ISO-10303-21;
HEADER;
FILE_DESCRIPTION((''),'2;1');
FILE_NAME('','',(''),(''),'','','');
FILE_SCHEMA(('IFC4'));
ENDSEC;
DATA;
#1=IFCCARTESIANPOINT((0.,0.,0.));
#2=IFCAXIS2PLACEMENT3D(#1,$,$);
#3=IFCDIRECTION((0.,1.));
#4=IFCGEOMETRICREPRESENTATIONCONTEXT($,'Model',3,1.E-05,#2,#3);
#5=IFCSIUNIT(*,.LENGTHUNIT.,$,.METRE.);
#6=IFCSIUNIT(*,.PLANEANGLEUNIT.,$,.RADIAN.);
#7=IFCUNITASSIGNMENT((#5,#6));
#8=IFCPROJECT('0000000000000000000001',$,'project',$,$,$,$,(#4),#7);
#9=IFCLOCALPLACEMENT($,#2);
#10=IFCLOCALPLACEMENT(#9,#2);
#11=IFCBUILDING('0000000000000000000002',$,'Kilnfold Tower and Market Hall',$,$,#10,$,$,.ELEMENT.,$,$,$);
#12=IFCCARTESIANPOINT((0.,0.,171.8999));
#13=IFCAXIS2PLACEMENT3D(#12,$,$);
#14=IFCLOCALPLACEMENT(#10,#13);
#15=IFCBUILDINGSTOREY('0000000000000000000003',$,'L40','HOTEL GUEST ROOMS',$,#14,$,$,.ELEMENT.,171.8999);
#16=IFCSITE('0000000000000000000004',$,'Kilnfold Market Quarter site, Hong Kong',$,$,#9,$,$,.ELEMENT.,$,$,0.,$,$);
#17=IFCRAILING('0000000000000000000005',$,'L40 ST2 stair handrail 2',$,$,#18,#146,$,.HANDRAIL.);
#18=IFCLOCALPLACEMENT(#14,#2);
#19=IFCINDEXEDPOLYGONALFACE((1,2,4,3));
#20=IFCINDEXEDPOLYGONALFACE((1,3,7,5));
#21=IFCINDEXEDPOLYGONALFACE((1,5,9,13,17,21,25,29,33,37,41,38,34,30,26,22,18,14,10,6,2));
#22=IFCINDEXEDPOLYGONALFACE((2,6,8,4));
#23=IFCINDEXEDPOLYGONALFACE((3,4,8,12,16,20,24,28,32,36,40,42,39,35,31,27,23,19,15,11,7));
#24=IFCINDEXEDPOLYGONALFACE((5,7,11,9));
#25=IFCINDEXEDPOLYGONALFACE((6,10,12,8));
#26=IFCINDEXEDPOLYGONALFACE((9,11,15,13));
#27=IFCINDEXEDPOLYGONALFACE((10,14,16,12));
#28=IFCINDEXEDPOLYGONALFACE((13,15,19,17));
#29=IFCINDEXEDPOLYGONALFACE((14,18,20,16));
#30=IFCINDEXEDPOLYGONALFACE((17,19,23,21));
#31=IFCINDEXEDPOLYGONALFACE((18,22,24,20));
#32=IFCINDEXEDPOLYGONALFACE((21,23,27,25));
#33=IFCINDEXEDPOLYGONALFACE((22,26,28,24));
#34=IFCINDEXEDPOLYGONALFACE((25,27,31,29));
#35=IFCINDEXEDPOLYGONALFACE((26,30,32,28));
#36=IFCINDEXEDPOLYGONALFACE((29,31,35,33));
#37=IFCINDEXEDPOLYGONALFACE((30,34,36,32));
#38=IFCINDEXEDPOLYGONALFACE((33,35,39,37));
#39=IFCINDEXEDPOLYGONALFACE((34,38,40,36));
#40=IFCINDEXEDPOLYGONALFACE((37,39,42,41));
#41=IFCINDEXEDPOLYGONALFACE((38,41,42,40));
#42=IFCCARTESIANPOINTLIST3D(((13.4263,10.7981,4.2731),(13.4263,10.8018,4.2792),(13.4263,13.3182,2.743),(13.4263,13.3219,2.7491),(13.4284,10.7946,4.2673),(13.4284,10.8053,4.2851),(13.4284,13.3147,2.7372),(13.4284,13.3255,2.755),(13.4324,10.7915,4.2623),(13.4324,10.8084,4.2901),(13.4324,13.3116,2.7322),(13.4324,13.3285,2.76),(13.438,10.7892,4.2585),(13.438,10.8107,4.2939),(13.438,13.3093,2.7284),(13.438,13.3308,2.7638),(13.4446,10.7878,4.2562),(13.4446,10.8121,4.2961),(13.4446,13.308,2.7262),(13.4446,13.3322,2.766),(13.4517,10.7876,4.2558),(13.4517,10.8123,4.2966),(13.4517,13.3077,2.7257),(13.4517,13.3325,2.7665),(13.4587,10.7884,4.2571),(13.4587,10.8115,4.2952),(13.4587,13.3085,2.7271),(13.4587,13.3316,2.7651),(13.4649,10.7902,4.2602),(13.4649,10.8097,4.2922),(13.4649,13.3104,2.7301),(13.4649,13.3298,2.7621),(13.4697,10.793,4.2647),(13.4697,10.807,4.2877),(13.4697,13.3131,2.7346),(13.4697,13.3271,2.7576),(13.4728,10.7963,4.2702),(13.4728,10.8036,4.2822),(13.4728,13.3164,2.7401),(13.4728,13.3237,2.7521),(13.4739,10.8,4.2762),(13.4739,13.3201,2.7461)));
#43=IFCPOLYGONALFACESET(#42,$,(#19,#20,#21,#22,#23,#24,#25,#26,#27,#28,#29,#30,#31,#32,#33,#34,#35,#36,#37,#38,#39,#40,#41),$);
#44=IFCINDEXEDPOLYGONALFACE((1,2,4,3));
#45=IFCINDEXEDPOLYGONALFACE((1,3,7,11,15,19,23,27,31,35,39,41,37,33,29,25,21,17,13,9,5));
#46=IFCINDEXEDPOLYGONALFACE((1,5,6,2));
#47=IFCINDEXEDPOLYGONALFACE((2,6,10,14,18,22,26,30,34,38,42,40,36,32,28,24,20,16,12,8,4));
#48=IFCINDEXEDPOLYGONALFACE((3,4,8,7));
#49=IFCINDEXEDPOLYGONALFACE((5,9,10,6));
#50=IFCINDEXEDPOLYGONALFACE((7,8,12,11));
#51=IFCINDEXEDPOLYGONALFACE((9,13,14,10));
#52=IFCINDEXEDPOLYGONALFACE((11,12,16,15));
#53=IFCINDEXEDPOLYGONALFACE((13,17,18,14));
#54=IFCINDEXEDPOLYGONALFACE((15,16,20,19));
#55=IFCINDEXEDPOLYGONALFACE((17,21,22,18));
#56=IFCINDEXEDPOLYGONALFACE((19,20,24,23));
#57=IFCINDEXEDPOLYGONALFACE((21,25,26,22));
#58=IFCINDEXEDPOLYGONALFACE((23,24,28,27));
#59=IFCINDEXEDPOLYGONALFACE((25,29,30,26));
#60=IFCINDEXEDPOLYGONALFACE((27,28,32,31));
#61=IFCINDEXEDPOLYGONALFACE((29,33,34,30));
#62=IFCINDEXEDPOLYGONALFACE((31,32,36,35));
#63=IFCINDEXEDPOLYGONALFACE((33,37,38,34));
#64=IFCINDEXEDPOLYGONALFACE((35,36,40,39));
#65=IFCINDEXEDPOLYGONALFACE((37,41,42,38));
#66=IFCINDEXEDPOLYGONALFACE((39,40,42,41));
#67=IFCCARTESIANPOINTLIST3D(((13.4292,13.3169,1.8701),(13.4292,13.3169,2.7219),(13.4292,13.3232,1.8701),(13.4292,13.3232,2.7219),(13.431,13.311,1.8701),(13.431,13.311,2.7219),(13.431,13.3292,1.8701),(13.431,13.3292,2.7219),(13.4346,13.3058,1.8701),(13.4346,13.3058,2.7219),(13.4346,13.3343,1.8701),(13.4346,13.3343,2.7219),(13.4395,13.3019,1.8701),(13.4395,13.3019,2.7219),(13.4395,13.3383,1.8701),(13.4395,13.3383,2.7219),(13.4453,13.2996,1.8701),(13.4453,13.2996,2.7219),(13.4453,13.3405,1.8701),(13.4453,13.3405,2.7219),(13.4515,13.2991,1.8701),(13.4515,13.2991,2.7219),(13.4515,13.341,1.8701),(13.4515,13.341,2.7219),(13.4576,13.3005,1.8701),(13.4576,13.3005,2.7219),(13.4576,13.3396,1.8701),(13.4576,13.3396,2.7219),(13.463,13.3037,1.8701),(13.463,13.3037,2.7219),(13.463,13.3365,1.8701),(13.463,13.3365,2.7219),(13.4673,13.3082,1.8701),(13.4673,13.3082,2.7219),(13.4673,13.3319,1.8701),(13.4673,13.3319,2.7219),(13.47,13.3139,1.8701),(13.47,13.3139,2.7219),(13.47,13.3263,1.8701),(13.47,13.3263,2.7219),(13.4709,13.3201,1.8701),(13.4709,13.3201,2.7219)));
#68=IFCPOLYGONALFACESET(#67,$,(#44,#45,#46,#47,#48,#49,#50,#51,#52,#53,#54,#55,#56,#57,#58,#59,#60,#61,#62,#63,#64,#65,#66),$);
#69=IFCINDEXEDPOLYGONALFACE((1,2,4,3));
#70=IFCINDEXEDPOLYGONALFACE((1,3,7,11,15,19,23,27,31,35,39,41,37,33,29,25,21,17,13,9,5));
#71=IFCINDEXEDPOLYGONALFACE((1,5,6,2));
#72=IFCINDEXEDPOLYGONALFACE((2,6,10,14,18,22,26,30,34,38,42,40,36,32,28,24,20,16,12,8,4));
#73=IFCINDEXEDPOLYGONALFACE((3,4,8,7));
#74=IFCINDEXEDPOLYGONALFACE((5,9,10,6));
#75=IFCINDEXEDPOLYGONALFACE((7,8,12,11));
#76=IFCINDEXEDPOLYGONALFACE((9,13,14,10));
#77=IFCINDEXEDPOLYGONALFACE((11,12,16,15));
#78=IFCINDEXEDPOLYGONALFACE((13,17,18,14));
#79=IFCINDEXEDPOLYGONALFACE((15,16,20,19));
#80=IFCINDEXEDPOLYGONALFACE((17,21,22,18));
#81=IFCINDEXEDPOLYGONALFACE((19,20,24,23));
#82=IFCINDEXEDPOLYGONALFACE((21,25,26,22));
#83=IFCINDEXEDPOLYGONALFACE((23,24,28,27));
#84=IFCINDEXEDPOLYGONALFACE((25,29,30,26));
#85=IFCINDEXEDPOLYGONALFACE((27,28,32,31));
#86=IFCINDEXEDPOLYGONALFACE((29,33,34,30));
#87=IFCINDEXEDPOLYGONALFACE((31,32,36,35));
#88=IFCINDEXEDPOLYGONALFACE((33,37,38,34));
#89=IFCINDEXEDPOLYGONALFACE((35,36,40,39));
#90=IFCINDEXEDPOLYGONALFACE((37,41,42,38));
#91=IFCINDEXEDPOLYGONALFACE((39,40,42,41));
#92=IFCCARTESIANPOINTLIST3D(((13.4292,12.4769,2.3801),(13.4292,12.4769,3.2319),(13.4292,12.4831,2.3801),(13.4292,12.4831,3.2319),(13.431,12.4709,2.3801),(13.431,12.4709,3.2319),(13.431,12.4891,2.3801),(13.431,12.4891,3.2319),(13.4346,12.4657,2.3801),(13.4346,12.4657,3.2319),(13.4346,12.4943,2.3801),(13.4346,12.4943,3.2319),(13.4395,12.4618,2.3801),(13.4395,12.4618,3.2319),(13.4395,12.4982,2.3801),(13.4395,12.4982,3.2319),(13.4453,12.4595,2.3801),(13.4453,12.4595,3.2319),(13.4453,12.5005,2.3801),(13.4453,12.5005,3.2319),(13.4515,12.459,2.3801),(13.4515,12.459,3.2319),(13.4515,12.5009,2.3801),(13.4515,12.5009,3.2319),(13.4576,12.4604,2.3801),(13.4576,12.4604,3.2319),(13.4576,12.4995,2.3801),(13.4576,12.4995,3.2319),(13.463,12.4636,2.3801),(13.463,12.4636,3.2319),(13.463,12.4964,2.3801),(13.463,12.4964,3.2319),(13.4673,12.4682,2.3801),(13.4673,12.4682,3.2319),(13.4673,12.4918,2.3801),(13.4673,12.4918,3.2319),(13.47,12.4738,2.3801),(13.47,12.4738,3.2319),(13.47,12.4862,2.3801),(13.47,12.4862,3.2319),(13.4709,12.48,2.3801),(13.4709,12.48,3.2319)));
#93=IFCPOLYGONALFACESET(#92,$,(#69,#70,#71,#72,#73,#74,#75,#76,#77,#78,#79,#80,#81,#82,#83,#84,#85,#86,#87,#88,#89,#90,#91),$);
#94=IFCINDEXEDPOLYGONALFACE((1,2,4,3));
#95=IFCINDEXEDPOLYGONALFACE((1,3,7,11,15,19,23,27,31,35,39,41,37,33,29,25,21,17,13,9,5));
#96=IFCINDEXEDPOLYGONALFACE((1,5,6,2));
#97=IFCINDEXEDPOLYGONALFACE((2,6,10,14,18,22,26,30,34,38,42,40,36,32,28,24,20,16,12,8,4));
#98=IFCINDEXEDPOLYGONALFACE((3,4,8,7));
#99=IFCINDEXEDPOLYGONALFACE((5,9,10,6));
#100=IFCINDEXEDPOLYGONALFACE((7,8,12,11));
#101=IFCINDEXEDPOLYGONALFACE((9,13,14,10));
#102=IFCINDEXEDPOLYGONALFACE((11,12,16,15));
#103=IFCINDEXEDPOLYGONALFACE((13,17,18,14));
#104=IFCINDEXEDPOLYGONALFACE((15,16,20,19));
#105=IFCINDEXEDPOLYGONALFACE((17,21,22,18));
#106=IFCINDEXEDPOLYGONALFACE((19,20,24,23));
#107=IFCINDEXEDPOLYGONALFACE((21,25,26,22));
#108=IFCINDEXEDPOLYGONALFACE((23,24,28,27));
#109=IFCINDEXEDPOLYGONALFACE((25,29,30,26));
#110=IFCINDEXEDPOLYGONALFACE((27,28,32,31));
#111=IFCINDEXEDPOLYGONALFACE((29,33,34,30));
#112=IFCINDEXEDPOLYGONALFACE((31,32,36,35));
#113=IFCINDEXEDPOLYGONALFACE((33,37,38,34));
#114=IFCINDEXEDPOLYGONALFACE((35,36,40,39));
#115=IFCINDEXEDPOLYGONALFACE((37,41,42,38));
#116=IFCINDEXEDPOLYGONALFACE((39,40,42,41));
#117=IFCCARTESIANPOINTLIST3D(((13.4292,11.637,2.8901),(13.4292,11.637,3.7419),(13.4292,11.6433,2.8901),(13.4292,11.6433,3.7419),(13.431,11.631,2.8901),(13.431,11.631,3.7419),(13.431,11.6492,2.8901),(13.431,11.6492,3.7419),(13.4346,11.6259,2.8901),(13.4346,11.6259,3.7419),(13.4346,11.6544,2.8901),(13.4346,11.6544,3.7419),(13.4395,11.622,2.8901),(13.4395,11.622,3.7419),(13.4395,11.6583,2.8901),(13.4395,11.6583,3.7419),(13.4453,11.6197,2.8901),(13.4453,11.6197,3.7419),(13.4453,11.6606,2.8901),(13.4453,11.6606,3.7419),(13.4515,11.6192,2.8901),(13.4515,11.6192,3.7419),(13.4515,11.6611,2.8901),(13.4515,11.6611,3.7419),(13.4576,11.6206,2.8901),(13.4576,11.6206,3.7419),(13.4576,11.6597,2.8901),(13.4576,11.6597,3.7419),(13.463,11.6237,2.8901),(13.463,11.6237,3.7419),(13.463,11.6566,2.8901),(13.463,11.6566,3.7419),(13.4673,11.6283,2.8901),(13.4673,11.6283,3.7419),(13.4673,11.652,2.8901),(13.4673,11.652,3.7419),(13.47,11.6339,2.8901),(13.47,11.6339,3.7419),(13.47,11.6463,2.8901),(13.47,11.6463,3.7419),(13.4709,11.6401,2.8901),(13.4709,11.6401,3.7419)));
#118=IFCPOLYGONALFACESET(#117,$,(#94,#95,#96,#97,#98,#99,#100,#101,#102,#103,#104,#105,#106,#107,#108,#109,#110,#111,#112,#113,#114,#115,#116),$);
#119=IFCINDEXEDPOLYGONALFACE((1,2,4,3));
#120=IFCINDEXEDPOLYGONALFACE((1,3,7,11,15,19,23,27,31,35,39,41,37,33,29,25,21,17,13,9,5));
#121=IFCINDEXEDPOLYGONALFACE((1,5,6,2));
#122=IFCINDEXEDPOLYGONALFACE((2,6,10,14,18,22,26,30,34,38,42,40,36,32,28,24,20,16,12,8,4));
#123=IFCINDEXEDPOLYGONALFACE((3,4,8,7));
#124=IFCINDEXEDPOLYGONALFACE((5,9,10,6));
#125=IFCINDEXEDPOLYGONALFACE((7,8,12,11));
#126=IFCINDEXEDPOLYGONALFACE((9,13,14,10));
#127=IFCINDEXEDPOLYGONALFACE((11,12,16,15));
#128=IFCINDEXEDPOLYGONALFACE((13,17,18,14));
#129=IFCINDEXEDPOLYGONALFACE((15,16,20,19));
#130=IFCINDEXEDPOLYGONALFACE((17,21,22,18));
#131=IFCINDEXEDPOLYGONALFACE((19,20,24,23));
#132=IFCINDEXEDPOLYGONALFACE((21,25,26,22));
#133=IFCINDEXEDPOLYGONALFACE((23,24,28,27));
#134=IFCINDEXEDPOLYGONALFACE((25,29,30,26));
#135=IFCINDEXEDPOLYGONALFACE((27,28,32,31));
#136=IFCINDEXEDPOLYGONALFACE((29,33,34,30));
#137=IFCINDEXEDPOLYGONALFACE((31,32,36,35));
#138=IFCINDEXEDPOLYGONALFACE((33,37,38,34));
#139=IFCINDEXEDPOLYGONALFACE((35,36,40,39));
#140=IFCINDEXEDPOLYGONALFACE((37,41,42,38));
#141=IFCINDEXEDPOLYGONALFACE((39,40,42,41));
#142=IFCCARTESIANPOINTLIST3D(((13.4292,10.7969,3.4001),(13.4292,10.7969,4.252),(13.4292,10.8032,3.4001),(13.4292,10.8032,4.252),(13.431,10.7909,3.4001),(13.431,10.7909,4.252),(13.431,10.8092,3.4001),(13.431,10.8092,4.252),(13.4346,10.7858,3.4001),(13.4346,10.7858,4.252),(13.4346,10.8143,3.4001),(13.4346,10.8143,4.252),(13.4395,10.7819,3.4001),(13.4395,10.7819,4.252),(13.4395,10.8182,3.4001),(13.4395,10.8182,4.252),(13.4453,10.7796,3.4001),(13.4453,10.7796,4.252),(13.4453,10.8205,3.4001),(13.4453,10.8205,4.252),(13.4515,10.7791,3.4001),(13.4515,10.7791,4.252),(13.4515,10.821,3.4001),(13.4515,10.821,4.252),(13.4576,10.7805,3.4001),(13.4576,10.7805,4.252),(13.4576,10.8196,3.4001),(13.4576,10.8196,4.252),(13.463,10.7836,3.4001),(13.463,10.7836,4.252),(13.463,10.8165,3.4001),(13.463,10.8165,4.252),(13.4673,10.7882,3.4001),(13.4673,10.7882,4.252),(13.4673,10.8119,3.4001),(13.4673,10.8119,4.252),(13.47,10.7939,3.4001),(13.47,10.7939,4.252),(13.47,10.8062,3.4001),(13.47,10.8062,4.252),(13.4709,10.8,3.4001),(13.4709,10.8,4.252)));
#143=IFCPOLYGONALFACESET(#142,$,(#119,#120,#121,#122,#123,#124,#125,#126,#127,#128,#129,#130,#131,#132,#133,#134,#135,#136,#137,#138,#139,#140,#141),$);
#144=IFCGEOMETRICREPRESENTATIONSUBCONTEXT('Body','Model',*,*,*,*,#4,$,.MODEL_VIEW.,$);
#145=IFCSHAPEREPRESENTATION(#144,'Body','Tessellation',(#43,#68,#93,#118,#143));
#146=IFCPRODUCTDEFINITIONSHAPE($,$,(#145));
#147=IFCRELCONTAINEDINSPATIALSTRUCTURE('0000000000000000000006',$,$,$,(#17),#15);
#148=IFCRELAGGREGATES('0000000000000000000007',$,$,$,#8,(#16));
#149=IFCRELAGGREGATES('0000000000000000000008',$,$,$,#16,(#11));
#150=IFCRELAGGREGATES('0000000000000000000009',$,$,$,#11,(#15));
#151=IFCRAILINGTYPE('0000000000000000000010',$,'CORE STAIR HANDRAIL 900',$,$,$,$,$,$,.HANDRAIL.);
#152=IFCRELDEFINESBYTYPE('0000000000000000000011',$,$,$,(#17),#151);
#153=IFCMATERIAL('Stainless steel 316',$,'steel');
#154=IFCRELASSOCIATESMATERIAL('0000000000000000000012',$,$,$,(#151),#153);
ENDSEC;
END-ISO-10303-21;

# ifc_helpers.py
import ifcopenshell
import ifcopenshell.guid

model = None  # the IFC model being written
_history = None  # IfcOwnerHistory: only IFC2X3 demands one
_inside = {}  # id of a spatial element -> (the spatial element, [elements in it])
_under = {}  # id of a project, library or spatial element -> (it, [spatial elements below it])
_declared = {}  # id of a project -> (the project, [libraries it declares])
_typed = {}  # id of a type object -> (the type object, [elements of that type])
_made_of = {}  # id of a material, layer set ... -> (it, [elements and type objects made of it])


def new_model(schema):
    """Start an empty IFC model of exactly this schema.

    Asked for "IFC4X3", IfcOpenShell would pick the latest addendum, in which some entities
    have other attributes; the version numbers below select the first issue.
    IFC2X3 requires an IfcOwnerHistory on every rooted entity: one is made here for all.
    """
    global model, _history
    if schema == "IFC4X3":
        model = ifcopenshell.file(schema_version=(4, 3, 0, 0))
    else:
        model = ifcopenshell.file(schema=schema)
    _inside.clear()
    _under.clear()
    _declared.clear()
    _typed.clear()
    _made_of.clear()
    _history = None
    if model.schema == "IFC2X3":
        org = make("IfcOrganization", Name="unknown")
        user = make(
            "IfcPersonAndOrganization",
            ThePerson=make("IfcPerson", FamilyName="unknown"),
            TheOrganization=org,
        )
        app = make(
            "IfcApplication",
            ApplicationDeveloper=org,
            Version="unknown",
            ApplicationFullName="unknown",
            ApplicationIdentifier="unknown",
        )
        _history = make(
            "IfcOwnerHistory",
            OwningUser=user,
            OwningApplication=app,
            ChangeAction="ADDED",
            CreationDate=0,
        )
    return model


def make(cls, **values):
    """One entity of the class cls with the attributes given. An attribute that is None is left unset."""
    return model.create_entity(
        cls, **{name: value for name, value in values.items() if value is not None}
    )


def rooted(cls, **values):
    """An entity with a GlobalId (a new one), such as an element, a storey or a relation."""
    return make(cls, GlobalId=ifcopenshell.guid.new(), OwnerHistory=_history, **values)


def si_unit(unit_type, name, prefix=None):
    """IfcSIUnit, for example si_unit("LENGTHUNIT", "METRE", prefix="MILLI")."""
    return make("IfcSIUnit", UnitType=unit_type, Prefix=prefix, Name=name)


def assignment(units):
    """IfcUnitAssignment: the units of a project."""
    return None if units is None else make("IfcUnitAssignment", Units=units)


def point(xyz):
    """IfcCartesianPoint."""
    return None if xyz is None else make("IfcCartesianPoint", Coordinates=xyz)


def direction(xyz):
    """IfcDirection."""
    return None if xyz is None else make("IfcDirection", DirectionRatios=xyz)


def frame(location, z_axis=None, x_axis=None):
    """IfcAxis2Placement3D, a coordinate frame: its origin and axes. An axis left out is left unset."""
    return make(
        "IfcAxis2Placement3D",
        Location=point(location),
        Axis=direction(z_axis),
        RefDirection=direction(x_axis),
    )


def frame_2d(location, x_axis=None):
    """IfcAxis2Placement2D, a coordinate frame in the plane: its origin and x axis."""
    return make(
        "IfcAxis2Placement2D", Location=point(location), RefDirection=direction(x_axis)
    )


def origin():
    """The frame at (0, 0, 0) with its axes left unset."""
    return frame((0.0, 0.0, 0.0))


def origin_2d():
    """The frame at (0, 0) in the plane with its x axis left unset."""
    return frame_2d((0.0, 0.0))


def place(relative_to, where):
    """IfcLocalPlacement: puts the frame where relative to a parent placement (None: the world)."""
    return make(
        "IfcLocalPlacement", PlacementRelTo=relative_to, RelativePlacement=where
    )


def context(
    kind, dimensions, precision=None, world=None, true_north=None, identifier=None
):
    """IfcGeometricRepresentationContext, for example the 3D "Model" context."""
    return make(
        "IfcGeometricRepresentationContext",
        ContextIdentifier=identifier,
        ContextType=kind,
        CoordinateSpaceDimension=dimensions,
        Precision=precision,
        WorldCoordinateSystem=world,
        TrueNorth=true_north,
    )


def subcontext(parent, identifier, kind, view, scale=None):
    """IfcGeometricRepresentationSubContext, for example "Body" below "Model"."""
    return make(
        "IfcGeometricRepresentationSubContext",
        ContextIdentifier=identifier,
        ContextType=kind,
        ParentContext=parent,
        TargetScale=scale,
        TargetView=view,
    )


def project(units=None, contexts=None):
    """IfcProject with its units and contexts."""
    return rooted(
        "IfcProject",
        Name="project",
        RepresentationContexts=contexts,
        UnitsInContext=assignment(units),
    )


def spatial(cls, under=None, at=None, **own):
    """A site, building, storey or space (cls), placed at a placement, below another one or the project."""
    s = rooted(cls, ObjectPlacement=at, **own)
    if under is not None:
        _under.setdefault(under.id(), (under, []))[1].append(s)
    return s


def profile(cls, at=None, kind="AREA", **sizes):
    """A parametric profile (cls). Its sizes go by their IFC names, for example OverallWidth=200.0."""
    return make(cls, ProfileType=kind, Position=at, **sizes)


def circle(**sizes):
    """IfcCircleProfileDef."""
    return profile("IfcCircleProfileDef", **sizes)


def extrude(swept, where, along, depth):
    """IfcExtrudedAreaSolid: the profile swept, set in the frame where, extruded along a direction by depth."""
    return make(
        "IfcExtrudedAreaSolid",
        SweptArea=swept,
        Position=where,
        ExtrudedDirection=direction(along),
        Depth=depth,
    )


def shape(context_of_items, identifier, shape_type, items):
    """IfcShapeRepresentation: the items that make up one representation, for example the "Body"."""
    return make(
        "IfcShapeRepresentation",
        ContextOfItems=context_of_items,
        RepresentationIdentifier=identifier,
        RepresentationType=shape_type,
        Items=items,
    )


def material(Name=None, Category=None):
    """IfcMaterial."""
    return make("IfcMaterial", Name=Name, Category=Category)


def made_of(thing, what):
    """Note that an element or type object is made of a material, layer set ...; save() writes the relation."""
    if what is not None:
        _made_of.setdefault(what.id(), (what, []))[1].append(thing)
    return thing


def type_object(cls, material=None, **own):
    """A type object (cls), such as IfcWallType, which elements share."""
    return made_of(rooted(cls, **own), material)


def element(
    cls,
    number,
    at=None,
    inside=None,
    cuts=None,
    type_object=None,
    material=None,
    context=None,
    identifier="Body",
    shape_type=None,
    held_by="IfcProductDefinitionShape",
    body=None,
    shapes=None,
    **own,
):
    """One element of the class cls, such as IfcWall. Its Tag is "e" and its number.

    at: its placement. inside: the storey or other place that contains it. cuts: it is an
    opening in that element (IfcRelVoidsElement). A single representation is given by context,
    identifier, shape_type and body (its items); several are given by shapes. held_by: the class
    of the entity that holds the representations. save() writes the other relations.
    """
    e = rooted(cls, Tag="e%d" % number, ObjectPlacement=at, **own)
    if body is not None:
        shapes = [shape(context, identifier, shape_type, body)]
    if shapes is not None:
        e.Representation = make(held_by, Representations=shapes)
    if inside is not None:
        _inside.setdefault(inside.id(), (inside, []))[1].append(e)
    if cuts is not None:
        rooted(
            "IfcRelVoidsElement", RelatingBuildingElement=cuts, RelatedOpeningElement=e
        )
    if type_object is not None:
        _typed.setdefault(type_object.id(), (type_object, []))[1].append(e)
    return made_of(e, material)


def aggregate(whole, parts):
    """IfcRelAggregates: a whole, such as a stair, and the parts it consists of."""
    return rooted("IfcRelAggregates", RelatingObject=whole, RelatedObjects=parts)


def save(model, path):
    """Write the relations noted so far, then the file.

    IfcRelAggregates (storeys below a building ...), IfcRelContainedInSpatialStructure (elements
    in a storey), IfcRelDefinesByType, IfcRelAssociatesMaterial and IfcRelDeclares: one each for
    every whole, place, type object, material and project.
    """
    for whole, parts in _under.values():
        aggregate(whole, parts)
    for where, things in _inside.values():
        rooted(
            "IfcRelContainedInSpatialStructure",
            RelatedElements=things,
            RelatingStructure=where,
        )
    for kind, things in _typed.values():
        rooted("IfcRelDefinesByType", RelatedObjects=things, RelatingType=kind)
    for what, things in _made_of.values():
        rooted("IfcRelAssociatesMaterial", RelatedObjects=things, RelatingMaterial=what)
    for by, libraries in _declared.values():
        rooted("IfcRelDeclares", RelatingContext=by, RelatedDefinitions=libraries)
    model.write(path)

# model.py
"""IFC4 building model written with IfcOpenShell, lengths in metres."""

from ifc_helpers import new_model, si_unit, direction, frame, origin, origin_2d, place, context, subcontext, project, spatial, circle, extrude, material, type_object, element, save


model = new_model("IFC4")

# Units and contexts
model_context = context("Model", 3, precision=1e-05, world=origin(), true_north=direction((0.0, 1.0)))
body_context = subcontext(model_context, "Body", "Model", "MODEL_VIEW")
ifc_project = project(units=[si_unit("LENGTHUNIT", "METRE"), si_unit("PLANEANGLEUNIT", "RADIAN")], contexts=[model_context])

# Site, building, storey
site_placement = place(None, origin())
site = spatial("IfcSite", under=ifc_project, at=site_placement, Name="Kilnfold Market Quarter site, Hong Kong", CompositionType="ELEMENT", RefElevation=0.0)
building_placement = place(site_placement, origin())
building = spatial("IfcBuilding", under=site, at=building_placement, Name="Kilnfold Tower and Market Hall", CompositionType="ELEMENT")
storey_placement = place(building_placement, frame((0.0, 0.0, 171.8999)))
storey = spatial("IfcBuildingStorey", under=building, at=storey_placement, Name="L40", Description="HOTEL GUEST ROOMS", CompositionType="ELEMENT", Elevation=171.8999)

# Railing
ifc_material_1 = material(Name="Stainless steel 316", Category="steel")
railing_type_1 = type_object("IfcRailingType", Name="CORE STAIR HANDRAIL 900", PredefinedType="HANDRAIL", material=ifc_material_1)
railing_1_placement = place(storey_placement, frame((13.45, 13.3201, 1.8701)))
element("IfcRailing", 1, at=railing_1_placement, inside=storey, type_object=railing_type_1, Name="L40 ST2 stair handrail 2", PredefinedType="HANDRAIL", context=body_context, shape_type="SweptSolid", body=[
    extrude(circle(Radius=0.0239, at=origin_2d()), frame((0.0, 0.0, 0.876), z_axis=(0.0, -0.854785, 0.518982), x_axis=(1.0, 0.0, 0.0)), (0.0, 0.0, 1.0), 2.9482),
    extrude(circle(Radius=0.021, at=origin_2d()), origin(), (0.0, 0.0, 1.0), 0.8518),
    extrude(circle(Radius=0.021, at=origin_2d()), frame((0.0, -0.8401, 0.51)), (0.0, 0.0, 1.0), 0.8518),
    extrude(circle(Radius=0.021, at=origin_2d()), frame((0.0, -1.6799, 1.02)), (0.0, 0.0, 1.0), 0.8518),
    extrude(circle(Radius=0.021, at=origin_2d()), frame((0.0, -2.52, 1.53)), (0.0, 0.0, 1.0), 0.8518),
])

save(model, "model.ifc")
